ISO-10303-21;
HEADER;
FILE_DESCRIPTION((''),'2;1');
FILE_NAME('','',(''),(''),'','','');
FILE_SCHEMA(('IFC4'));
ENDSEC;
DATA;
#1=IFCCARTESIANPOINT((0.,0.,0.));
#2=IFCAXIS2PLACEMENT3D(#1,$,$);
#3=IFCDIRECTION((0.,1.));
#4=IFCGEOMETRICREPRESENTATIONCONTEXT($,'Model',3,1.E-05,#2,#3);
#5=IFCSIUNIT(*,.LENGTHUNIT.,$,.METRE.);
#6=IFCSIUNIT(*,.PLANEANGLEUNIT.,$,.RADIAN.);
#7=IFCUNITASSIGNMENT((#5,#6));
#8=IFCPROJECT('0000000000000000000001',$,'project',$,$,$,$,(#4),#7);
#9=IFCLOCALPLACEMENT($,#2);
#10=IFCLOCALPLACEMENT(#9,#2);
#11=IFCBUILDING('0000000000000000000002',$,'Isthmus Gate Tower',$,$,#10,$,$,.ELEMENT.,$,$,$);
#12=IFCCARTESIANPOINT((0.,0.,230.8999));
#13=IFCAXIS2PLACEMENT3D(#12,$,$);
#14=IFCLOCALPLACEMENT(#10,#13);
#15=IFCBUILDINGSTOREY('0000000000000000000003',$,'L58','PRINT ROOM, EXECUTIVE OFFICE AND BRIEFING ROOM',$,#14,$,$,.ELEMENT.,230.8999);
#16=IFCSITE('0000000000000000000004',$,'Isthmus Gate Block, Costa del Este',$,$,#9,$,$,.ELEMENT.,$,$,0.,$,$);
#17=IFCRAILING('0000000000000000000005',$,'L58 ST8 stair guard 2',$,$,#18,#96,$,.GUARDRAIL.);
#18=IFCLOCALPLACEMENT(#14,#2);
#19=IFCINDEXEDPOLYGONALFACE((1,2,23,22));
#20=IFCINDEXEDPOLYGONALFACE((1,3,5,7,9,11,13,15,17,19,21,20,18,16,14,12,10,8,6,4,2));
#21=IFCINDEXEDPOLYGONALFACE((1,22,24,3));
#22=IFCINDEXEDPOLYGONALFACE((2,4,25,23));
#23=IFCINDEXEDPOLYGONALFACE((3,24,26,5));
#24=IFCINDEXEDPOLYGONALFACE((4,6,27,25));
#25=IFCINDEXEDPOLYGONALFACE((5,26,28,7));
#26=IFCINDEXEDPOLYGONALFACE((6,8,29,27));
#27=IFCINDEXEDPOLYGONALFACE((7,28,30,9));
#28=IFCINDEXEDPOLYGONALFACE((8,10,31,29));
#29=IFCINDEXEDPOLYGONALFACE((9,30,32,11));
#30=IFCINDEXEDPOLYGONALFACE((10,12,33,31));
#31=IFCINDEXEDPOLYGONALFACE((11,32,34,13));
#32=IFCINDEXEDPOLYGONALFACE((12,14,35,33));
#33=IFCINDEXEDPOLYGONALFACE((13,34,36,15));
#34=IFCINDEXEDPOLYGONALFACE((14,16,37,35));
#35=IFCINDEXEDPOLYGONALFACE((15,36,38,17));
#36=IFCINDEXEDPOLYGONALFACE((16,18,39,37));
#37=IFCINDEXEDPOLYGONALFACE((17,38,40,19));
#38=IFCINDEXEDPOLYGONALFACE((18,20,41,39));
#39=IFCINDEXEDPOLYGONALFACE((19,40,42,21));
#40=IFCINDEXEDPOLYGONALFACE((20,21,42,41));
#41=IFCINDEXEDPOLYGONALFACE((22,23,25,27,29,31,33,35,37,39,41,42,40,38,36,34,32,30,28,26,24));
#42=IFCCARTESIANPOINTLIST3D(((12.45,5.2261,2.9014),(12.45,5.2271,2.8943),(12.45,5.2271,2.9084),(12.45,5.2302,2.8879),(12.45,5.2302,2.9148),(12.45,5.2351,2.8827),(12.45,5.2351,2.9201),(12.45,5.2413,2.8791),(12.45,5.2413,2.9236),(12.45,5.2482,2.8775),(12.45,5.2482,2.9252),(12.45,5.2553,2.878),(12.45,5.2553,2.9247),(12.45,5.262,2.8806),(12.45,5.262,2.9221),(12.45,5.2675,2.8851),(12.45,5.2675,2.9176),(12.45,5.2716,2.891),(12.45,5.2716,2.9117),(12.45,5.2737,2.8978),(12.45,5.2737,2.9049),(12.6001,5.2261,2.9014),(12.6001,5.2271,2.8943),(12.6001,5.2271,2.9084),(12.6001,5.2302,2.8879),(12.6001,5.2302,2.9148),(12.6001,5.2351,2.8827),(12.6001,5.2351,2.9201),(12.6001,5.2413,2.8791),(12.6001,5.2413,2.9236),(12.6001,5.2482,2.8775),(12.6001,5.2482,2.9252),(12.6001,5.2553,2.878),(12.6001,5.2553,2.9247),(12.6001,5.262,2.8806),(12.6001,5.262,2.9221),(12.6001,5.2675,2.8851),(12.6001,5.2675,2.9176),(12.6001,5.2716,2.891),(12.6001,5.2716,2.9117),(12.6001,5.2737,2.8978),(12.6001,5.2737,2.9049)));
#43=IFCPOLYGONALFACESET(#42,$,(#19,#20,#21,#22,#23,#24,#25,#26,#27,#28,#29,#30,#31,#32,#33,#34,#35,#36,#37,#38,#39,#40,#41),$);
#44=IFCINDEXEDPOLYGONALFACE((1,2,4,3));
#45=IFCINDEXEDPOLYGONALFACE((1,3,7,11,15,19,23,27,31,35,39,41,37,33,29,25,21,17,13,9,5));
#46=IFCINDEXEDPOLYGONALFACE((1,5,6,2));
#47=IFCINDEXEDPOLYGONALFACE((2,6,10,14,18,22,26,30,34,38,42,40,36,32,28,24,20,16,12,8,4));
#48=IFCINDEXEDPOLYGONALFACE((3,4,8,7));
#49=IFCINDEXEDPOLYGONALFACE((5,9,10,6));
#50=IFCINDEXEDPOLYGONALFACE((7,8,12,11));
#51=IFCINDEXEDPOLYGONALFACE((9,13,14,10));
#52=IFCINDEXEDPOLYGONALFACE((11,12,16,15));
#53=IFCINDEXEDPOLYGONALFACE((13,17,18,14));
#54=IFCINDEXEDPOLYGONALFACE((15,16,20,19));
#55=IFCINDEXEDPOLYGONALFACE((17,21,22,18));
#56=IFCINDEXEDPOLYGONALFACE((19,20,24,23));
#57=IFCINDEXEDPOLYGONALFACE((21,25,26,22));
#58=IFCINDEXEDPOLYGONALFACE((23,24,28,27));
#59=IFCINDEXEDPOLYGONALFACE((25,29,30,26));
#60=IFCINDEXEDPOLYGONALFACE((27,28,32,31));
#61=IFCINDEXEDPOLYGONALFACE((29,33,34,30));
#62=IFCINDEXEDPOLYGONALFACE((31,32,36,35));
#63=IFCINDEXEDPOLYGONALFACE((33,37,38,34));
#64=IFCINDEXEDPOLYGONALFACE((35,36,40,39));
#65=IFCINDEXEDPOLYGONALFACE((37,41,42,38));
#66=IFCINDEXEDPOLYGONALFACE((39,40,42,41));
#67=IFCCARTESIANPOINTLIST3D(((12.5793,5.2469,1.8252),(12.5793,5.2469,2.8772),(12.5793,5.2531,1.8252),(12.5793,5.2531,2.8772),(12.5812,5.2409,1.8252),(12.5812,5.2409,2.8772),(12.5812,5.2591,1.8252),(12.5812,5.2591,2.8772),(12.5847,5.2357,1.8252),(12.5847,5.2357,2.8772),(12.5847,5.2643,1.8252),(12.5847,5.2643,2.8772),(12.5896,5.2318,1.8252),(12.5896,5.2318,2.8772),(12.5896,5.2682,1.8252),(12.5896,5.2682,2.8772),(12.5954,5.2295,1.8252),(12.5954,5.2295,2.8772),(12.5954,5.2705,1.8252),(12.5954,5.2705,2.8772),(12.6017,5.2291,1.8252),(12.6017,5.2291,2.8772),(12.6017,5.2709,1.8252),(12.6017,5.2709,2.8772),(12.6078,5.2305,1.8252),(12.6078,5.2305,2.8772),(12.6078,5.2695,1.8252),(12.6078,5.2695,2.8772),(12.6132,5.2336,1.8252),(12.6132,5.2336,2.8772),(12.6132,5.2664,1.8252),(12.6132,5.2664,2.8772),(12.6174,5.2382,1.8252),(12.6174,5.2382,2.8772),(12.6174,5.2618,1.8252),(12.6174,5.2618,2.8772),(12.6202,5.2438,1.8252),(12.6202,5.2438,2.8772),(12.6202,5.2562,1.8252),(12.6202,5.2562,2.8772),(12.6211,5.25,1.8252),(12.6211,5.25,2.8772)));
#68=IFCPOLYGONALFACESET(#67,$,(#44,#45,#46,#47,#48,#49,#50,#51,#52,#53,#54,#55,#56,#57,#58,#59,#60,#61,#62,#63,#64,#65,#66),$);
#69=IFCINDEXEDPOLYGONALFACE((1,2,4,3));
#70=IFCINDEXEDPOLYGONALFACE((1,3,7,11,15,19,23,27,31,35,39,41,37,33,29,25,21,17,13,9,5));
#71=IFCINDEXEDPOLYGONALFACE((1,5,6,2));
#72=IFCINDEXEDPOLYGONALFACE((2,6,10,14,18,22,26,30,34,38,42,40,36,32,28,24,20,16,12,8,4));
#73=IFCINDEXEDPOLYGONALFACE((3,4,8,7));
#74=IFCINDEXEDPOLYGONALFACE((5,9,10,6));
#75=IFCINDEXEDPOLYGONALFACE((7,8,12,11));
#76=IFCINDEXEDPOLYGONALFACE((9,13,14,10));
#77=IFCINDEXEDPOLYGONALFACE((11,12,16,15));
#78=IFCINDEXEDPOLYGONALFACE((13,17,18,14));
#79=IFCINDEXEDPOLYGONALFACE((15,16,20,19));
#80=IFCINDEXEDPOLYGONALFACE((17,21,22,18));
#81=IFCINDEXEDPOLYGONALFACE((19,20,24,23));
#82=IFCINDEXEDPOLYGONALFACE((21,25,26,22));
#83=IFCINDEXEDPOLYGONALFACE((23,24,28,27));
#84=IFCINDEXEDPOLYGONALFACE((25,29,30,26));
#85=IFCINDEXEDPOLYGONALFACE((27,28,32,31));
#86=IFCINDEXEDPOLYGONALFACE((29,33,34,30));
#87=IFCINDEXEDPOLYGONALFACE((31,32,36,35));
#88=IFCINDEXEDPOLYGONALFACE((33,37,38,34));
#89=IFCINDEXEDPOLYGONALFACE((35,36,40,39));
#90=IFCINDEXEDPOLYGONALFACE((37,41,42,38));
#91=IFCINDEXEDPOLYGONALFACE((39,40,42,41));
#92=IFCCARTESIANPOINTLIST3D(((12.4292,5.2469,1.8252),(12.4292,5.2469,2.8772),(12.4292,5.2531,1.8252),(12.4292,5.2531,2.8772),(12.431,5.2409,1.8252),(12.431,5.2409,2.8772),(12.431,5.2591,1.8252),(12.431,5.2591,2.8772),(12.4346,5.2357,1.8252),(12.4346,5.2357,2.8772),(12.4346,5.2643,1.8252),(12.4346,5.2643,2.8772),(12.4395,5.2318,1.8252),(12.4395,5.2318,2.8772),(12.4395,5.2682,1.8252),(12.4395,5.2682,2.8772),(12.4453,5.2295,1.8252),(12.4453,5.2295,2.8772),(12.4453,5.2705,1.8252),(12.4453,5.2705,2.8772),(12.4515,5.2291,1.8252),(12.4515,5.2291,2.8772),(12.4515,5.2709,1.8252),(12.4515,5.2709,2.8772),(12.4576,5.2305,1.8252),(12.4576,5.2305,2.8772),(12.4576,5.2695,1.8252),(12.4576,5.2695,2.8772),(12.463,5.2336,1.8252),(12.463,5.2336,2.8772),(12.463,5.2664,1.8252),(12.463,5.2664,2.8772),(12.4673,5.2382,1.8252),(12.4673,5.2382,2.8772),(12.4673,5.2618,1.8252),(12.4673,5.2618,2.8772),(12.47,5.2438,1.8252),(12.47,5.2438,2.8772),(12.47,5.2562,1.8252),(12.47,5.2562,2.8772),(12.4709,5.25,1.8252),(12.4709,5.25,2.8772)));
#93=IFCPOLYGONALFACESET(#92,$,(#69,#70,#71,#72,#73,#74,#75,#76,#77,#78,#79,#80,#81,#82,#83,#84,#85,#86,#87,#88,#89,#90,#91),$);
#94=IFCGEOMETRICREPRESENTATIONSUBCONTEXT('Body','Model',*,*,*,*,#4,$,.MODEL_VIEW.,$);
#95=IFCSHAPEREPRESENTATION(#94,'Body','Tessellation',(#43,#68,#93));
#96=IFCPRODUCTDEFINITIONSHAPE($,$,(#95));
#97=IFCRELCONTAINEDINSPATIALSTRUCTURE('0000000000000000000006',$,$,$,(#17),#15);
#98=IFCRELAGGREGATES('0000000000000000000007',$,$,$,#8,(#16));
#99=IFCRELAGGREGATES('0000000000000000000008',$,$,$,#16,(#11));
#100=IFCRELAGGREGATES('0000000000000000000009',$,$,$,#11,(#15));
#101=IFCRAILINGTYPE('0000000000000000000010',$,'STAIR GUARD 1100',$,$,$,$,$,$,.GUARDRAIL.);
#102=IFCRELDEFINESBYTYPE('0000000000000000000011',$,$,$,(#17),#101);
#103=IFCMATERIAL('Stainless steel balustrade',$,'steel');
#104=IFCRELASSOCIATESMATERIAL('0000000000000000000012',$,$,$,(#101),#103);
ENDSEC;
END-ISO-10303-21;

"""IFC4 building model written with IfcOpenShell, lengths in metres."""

from ifc_helpers import new_model, si_unit, direction, frame, origin, origin_2d, place, context, subcontext, project, spatial, circle, extrude, material, type_object, element, save


model = new_model("IFC4")

# Units and contexts
model_context = context("Model", 3, precision=1e-05, world=origin(), true_north=direction((0.0, 1.0)))
body_context = subcontext(model_context, "Body", "Model", "MODEL_VIEW")
ifc_project = project(units=[si_unit("LENGTHUNIT", "METRE"), si_unit("PLANEANGLEUNIT", "RADIAN")], contexts=[model_context])

# Site, building, storey
site_placement = place(None, origin())
site = spatial("IfcSite", under=ifc_project, at=site_placement, Name="Isthmus Gate Block, Costa del Este", CompositionType="ELEMENT", RefElevation=0.0)
building_placement = place(site_placement, origin())
building = spatial("IfcBuilding", under=site, at=building_placement, Name="Isthmus Gate Tower", CompositionType="ELEMENT")
storey_placement = place(building_placement, frame((0.0, 0.0, 230.8999)))
storey = spatial("IfcBuildingStorey", under=building, at=storey_placement, Name="L58", Description="PRINT ROOM, EXECUTIVE OFFICE AND BRIEFING ROOM", CompositionType="ELEMENT", Elevation=230.8999)

# Railing
ifc_material_1 = material(Name="Stainless steel balustrade", Category="steel")
railing_type_1 = type_object("IfcRailingType", Name="STAIR GUARD 1100", PredefinedType="GUARDRAIL", material=ifc_material_1)
railing_1_placement = place(storey_placement, frame((12.6001, 5.25, 1.8252)))
element("IfcRailing", 1, at=railing_1_placement, inside=storey, type_object=railing_type_1, Name="L58 ST8 stair guard 2", PredefinedType="GUARDRAIL", context=body_context, shape_type="SweptSolid", body=[
    extrude(circle(Radius=0.0239, at=origin_2d()), frame((0.0, 0.0, 1.0762), z_axis=(-1.0, 0.0, 0.0), x_axis=(0.0, -1.0, 0.0)), (0.0, 0.0, 1.0), 0.1501),
    extrude(circle(Radius=0.021, at=origin_2d()), origin(), (0.0, 0.0, 1.0), 1.052),
    extrude(circle(Radius=0.021, at=origin_2d()), frame((-0.1501, 0.0, 0.0)), (0.0, 0.0, 1.0), 1.052),
])

save(model, "model.ifc")
